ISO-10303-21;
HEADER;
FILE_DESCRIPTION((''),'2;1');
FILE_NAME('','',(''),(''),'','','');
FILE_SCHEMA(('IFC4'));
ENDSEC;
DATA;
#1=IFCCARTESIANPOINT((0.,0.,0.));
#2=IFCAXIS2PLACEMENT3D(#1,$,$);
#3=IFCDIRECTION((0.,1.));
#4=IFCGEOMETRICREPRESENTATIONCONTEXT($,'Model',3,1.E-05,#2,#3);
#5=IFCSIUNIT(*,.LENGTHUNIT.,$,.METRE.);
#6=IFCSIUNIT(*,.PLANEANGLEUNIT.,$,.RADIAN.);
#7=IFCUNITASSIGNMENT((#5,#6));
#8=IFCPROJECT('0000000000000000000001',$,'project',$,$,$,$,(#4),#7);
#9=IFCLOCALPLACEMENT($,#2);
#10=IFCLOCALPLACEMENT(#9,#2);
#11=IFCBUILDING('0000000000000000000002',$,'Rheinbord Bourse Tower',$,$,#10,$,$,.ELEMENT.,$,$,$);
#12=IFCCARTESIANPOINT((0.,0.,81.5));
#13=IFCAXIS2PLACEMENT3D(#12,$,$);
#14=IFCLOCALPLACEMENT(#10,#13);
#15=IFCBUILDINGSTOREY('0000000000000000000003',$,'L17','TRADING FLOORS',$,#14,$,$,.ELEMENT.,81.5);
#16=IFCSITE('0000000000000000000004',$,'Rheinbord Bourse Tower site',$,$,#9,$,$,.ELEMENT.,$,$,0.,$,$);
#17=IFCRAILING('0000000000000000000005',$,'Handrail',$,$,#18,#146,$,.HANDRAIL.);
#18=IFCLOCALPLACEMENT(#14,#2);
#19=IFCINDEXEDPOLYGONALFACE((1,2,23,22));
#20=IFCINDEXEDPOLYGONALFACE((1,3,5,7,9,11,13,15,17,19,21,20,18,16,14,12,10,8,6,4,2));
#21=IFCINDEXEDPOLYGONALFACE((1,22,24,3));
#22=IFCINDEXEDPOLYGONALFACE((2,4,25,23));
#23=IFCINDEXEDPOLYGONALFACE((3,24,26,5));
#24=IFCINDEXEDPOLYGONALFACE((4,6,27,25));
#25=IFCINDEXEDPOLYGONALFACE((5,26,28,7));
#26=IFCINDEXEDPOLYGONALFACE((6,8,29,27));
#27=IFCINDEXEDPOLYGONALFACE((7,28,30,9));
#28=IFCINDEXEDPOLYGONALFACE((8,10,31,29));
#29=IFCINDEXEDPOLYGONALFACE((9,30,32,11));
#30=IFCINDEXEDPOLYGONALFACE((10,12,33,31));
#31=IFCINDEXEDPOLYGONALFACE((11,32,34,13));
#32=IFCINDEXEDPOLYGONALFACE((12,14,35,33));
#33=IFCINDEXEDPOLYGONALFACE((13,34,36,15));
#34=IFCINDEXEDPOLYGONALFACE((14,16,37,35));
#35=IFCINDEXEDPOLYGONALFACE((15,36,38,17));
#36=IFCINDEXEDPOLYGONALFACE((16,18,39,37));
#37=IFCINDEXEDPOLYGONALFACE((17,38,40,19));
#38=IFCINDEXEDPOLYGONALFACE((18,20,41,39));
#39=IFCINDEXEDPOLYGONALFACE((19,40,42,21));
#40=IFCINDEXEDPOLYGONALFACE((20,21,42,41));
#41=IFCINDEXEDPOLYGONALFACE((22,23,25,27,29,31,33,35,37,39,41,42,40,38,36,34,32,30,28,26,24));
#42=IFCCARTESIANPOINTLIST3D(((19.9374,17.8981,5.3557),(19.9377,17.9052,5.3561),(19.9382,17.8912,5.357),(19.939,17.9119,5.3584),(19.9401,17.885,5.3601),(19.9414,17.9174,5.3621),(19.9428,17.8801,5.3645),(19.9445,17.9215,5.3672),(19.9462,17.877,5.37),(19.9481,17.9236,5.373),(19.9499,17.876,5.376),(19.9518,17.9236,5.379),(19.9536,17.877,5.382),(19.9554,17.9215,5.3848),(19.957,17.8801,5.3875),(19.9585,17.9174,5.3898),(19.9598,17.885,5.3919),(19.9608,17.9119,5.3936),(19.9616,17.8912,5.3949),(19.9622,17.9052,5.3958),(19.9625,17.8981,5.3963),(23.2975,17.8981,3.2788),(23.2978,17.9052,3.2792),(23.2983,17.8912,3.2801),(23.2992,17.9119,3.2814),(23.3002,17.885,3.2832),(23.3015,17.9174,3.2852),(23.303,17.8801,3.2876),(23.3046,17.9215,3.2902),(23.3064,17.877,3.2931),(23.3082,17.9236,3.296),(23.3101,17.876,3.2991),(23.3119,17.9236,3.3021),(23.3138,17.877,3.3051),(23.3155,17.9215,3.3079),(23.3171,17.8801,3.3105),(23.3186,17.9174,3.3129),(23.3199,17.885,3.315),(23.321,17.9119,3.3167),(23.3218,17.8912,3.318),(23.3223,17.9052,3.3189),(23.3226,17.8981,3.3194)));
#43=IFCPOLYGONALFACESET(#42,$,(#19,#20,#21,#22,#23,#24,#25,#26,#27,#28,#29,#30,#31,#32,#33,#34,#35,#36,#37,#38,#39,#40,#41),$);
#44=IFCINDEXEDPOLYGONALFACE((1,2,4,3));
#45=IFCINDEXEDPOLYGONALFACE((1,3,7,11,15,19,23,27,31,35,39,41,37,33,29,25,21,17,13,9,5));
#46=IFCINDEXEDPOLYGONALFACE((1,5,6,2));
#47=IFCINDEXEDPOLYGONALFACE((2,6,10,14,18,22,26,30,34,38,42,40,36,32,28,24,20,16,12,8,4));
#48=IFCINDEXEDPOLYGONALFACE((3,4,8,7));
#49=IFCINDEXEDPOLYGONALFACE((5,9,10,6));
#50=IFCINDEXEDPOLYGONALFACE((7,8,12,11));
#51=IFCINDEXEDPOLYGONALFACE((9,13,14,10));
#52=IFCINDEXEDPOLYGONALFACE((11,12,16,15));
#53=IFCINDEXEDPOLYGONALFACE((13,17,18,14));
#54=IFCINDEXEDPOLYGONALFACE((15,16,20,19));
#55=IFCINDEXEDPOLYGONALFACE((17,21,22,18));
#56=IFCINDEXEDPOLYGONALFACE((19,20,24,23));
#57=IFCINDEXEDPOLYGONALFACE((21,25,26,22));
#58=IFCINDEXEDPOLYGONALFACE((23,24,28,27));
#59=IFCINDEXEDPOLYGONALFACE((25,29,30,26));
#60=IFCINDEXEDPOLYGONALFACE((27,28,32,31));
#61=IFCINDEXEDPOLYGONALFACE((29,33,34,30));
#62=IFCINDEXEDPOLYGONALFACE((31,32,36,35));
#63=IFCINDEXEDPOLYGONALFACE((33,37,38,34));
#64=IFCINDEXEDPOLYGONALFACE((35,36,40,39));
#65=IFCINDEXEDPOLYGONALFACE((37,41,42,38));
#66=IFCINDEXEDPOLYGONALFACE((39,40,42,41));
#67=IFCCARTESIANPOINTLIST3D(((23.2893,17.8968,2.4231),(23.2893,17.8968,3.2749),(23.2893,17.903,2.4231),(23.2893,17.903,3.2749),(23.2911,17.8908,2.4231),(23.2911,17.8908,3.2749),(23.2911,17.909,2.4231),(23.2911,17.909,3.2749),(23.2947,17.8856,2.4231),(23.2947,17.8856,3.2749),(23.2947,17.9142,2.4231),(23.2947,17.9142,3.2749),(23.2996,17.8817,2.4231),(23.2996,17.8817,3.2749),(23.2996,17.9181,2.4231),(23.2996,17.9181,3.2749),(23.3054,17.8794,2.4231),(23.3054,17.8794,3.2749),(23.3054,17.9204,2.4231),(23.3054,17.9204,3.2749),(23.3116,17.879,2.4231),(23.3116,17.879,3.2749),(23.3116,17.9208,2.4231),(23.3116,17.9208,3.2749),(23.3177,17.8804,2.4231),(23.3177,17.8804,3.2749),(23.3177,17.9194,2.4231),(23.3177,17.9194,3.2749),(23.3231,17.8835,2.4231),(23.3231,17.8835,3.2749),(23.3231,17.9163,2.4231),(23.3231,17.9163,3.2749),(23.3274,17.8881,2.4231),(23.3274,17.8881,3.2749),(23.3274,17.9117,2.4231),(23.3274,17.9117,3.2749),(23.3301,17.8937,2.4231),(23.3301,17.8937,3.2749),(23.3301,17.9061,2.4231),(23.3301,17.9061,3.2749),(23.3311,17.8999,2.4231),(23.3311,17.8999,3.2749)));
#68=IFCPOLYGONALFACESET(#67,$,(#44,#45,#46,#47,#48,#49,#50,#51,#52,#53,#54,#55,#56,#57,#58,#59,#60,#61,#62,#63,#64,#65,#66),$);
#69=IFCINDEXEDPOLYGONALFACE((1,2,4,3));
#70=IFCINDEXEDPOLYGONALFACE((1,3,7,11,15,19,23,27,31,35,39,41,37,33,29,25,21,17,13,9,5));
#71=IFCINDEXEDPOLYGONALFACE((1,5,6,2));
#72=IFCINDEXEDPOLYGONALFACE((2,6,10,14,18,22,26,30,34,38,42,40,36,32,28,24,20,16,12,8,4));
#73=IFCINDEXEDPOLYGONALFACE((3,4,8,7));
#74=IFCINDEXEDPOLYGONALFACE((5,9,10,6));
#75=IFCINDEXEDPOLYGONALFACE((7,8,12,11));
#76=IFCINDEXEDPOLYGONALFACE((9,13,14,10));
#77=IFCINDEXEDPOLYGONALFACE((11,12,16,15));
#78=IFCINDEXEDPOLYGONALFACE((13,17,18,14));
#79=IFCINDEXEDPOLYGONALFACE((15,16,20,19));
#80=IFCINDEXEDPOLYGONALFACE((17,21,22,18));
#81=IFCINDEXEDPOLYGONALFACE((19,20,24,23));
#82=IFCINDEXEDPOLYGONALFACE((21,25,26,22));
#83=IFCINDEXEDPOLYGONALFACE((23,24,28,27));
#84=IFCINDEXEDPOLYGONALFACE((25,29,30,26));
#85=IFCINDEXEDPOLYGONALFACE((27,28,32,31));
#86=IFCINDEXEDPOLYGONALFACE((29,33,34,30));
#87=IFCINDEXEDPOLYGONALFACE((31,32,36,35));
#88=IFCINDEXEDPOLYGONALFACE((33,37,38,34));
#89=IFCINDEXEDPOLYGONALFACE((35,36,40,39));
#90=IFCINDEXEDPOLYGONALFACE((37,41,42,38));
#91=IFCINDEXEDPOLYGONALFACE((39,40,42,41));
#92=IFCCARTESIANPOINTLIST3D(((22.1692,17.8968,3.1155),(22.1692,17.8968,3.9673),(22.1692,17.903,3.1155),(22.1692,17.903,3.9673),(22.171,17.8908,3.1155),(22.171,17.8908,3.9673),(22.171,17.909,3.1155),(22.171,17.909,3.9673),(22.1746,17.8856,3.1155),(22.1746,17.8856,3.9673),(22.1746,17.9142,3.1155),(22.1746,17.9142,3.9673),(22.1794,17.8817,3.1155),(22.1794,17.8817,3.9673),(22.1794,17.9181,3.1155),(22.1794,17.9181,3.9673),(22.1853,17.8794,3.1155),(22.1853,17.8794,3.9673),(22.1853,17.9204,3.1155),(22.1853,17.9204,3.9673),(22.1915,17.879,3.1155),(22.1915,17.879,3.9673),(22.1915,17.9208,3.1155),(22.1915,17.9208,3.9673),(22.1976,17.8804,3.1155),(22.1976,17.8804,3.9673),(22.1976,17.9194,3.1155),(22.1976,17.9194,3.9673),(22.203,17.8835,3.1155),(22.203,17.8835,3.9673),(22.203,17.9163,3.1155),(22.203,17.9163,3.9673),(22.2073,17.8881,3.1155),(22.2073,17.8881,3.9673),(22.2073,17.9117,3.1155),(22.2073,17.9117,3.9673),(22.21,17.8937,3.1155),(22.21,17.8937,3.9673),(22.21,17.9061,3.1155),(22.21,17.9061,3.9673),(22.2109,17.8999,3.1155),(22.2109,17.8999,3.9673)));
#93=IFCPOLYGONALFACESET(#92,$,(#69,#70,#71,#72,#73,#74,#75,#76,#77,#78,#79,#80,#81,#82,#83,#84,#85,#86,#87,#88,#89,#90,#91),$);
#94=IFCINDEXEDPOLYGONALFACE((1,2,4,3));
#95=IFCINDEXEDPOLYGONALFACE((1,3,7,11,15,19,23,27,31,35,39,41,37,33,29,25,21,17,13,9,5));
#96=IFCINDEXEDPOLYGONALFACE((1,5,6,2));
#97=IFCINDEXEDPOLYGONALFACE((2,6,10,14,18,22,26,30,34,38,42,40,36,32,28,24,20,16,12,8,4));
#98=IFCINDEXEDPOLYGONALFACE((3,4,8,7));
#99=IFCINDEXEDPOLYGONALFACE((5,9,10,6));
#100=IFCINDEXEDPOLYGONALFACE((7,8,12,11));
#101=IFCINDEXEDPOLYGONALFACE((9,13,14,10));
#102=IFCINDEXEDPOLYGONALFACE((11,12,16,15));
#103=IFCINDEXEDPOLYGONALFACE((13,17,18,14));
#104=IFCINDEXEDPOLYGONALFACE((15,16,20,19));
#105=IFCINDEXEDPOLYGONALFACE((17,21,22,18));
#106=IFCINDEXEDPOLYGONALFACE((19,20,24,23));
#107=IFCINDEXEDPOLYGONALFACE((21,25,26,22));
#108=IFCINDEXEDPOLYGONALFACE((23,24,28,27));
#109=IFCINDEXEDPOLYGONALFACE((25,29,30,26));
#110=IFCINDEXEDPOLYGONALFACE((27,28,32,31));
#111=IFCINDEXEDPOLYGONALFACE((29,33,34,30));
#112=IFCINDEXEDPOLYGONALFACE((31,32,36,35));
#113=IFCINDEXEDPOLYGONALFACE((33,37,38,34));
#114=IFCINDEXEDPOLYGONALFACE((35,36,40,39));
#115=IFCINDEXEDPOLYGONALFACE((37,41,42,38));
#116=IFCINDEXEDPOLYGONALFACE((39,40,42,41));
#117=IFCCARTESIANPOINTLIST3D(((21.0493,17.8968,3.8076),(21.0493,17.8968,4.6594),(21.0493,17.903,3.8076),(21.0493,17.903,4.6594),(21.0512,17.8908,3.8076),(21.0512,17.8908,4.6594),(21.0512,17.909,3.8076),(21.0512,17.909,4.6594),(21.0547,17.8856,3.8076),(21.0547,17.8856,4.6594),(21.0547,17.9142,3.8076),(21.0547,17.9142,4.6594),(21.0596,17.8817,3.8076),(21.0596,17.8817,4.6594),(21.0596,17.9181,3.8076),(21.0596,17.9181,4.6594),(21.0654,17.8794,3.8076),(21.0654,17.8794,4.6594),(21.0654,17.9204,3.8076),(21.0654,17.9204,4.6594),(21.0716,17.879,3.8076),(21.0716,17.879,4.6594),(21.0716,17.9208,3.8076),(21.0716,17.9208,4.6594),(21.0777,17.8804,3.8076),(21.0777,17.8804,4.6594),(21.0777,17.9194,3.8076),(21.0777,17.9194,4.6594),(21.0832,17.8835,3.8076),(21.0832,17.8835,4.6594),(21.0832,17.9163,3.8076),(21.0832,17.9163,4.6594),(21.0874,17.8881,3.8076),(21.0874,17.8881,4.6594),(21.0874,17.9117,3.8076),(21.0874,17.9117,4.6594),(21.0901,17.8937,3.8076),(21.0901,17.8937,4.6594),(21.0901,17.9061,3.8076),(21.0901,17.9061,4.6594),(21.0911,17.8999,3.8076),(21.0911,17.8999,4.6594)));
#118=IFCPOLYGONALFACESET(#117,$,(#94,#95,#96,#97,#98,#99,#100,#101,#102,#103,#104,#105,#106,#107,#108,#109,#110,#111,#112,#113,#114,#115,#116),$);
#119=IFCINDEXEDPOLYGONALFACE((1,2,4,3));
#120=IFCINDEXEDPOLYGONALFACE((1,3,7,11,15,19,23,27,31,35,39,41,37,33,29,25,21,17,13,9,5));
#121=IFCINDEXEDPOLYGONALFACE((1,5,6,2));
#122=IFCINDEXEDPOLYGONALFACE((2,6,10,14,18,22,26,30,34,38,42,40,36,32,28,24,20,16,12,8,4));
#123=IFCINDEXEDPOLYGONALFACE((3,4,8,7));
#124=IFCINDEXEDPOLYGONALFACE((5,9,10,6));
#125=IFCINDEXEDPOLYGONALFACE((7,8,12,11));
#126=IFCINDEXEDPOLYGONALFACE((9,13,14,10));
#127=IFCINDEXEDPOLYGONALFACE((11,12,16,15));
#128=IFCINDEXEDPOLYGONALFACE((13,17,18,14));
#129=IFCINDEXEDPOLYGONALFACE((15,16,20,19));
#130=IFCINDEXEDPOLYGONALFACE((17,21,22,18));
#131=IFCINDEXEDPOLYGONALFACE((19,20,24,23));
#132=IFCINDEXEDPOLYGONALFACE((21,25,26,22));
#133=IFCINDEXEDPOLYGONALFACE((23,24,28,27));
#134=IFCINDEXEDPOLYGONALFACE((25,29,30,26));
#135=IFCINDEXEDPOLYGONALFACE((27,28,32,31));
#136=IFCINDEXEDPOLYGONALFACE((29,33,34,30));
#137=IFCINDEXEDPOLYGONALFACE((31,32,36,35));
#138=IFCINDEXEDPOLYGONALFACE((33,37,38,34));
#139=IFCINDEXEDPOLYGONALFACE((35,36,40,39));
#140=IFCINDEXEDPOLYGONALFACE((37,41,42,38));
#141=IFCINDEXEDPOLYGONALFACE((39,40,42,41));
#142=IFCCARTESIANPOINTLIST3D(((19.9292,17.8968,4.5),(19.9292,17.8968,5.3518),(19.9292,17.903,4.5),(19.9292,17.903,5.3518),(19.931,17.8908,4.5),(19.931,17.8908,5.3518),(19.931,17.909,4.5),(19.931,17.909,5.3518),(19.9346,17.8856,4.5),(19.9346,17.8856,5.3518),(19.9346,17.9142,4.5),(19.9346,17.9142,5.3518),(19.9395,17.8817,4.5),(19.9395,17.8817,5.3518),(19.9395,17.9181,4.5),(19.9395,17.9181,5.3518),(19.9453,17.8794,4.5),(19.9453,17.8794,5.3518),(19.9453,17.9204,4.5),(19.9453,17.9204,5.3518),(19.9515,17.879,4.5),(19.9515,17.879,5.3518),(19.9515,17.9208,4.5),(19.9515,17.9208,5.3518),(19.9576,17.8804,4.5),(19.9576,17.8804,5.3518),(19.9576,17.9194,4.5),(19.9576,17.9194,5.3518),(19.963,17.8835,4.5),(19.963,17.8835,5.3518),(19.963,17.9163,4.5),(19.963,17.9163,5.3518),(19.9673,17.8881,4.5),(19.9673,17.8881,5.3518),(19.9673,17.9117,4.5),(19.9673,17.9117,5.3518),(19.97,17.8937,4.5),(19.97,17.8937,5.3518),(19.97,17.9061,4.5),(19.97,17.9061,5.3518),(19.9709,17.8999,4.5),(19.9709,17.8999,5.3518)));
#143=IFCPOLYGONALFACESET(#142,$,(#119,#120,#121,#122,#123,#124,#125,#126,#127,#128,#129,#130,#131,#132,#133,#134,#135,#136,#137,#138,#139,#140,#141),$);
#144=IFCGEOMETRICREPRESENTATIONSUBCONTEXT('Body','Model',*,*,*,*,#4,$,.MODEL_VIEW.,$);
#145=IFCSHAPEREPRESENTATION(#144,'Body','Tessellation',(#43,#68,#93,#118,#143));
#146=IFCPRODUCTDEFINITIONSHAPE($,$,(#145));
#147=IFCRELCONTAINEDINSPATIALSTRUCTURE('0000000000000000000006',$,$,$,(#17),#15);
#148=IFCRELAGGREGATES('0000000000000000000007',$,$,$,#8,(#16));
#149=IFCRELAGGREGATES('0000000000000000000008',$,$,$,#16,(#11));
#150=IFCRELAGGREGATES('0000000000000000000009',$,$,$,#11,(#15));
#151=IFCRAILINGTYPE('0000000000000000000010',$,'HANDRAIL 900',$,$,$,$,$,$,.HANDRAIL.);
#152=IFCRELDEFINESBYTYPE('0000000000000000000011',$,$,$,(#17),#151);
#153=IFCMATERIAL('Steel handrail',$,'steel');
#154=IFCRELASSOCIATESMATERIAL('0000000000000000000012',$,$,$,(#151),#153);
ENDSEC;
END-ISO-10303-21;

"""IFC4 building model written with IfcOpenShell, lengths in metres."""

from ifc_helpers import new_model, si_unit, direction, frame, origin, origin_2d, place, context, subcontext, project, spatial, circle, extrude, material, type_object, element, save


model = new_model("IFC4")

# Units and contexts
model_context = context("Model", 3, precision=1e-05, world=origin(), true_north=direction((0.0, 1.0)))
body_context = subcontext(model_context, "Body", "Model", "MODEL_VIEW")
ifc_project = project(units=[si_unit("LENGTHUNIT", "METRE"), si_unit("PLANEANGLEUNIT", "RADIAN")], contexts=[model_context])

# Site, building, storey
site_placement = place(None, origin())
site = spatial("IfcSite", under=ifc_project, at=site_placement, Name="Rheinbord Bourse Tower site", CompositionType="ELEMENT", RefElevation=0.0)
building_placement = place(site_placement, origin())
building = spatial("IfcBuilding", under=site, at=building_placement, Name="Rheinbord Bourse Tower", CompositionType="ELEMENT")
storey_placement = place(building_placement, frame((0.0, 0.0, 81.5)))
storey = spatial("IfcBuildingStorey", under=building, at=storey_placement, Name="L17", Description="TRADING FLOORS", CompositionType="ELEMENT", Elevation=81.5)

# Railing
ifc_material_1 = material(Name="Steel handrail", Category="steel")
railing_type = type_object("IfcRailingType", Name="HANDRAIL 900", PredefinedType="HANDRAIL", material=ifc_material_1)
railing_1_placement = place(storey_placement, frame((23.3101, 17.8999, 2.4231)))
element("IfcRailing", 1, at=railing_1_placement, inside=storey, type_object=railing_type, Name="Handrail", PredefinedType="HANDRAIL", context=body_context, shape_type="SweptSolid", body=[
    extrude(circle(Radius=0.0239, at=origin_2d()), frame((0.0, 0.0, 0.876), z_axis=(-0.850623, 0.0, 0.525776), x_axis=(0.0, -1.0, 0.0)), (0.0, 0.0, 1.0), 3.9502),
    extrude(circle(Radius=0.021, at=origin_2d()), origin(), (0.0, 0.0, 1.0), 0.8518),
    extrude(circle(Radius=0.021, at=origin_2d()), frame((-1.1201, 0.0, 0.6924)), (0.0, 0.0, 1.0), 0.8518),
    extrude(circle(Radius=0.021, at=origin_2d()), frame((-2.24, 0.0, 1.3845)), (0.0, 0.0, 1.0), 0.8518),
    extrude(circle(Radius=0.021, at=origin_2d()), frame((-3.3601, 0.0, 2.0769)), (0.0, 0.0, 1.0), 0.8518),
])

save(model, "model.ifc")
